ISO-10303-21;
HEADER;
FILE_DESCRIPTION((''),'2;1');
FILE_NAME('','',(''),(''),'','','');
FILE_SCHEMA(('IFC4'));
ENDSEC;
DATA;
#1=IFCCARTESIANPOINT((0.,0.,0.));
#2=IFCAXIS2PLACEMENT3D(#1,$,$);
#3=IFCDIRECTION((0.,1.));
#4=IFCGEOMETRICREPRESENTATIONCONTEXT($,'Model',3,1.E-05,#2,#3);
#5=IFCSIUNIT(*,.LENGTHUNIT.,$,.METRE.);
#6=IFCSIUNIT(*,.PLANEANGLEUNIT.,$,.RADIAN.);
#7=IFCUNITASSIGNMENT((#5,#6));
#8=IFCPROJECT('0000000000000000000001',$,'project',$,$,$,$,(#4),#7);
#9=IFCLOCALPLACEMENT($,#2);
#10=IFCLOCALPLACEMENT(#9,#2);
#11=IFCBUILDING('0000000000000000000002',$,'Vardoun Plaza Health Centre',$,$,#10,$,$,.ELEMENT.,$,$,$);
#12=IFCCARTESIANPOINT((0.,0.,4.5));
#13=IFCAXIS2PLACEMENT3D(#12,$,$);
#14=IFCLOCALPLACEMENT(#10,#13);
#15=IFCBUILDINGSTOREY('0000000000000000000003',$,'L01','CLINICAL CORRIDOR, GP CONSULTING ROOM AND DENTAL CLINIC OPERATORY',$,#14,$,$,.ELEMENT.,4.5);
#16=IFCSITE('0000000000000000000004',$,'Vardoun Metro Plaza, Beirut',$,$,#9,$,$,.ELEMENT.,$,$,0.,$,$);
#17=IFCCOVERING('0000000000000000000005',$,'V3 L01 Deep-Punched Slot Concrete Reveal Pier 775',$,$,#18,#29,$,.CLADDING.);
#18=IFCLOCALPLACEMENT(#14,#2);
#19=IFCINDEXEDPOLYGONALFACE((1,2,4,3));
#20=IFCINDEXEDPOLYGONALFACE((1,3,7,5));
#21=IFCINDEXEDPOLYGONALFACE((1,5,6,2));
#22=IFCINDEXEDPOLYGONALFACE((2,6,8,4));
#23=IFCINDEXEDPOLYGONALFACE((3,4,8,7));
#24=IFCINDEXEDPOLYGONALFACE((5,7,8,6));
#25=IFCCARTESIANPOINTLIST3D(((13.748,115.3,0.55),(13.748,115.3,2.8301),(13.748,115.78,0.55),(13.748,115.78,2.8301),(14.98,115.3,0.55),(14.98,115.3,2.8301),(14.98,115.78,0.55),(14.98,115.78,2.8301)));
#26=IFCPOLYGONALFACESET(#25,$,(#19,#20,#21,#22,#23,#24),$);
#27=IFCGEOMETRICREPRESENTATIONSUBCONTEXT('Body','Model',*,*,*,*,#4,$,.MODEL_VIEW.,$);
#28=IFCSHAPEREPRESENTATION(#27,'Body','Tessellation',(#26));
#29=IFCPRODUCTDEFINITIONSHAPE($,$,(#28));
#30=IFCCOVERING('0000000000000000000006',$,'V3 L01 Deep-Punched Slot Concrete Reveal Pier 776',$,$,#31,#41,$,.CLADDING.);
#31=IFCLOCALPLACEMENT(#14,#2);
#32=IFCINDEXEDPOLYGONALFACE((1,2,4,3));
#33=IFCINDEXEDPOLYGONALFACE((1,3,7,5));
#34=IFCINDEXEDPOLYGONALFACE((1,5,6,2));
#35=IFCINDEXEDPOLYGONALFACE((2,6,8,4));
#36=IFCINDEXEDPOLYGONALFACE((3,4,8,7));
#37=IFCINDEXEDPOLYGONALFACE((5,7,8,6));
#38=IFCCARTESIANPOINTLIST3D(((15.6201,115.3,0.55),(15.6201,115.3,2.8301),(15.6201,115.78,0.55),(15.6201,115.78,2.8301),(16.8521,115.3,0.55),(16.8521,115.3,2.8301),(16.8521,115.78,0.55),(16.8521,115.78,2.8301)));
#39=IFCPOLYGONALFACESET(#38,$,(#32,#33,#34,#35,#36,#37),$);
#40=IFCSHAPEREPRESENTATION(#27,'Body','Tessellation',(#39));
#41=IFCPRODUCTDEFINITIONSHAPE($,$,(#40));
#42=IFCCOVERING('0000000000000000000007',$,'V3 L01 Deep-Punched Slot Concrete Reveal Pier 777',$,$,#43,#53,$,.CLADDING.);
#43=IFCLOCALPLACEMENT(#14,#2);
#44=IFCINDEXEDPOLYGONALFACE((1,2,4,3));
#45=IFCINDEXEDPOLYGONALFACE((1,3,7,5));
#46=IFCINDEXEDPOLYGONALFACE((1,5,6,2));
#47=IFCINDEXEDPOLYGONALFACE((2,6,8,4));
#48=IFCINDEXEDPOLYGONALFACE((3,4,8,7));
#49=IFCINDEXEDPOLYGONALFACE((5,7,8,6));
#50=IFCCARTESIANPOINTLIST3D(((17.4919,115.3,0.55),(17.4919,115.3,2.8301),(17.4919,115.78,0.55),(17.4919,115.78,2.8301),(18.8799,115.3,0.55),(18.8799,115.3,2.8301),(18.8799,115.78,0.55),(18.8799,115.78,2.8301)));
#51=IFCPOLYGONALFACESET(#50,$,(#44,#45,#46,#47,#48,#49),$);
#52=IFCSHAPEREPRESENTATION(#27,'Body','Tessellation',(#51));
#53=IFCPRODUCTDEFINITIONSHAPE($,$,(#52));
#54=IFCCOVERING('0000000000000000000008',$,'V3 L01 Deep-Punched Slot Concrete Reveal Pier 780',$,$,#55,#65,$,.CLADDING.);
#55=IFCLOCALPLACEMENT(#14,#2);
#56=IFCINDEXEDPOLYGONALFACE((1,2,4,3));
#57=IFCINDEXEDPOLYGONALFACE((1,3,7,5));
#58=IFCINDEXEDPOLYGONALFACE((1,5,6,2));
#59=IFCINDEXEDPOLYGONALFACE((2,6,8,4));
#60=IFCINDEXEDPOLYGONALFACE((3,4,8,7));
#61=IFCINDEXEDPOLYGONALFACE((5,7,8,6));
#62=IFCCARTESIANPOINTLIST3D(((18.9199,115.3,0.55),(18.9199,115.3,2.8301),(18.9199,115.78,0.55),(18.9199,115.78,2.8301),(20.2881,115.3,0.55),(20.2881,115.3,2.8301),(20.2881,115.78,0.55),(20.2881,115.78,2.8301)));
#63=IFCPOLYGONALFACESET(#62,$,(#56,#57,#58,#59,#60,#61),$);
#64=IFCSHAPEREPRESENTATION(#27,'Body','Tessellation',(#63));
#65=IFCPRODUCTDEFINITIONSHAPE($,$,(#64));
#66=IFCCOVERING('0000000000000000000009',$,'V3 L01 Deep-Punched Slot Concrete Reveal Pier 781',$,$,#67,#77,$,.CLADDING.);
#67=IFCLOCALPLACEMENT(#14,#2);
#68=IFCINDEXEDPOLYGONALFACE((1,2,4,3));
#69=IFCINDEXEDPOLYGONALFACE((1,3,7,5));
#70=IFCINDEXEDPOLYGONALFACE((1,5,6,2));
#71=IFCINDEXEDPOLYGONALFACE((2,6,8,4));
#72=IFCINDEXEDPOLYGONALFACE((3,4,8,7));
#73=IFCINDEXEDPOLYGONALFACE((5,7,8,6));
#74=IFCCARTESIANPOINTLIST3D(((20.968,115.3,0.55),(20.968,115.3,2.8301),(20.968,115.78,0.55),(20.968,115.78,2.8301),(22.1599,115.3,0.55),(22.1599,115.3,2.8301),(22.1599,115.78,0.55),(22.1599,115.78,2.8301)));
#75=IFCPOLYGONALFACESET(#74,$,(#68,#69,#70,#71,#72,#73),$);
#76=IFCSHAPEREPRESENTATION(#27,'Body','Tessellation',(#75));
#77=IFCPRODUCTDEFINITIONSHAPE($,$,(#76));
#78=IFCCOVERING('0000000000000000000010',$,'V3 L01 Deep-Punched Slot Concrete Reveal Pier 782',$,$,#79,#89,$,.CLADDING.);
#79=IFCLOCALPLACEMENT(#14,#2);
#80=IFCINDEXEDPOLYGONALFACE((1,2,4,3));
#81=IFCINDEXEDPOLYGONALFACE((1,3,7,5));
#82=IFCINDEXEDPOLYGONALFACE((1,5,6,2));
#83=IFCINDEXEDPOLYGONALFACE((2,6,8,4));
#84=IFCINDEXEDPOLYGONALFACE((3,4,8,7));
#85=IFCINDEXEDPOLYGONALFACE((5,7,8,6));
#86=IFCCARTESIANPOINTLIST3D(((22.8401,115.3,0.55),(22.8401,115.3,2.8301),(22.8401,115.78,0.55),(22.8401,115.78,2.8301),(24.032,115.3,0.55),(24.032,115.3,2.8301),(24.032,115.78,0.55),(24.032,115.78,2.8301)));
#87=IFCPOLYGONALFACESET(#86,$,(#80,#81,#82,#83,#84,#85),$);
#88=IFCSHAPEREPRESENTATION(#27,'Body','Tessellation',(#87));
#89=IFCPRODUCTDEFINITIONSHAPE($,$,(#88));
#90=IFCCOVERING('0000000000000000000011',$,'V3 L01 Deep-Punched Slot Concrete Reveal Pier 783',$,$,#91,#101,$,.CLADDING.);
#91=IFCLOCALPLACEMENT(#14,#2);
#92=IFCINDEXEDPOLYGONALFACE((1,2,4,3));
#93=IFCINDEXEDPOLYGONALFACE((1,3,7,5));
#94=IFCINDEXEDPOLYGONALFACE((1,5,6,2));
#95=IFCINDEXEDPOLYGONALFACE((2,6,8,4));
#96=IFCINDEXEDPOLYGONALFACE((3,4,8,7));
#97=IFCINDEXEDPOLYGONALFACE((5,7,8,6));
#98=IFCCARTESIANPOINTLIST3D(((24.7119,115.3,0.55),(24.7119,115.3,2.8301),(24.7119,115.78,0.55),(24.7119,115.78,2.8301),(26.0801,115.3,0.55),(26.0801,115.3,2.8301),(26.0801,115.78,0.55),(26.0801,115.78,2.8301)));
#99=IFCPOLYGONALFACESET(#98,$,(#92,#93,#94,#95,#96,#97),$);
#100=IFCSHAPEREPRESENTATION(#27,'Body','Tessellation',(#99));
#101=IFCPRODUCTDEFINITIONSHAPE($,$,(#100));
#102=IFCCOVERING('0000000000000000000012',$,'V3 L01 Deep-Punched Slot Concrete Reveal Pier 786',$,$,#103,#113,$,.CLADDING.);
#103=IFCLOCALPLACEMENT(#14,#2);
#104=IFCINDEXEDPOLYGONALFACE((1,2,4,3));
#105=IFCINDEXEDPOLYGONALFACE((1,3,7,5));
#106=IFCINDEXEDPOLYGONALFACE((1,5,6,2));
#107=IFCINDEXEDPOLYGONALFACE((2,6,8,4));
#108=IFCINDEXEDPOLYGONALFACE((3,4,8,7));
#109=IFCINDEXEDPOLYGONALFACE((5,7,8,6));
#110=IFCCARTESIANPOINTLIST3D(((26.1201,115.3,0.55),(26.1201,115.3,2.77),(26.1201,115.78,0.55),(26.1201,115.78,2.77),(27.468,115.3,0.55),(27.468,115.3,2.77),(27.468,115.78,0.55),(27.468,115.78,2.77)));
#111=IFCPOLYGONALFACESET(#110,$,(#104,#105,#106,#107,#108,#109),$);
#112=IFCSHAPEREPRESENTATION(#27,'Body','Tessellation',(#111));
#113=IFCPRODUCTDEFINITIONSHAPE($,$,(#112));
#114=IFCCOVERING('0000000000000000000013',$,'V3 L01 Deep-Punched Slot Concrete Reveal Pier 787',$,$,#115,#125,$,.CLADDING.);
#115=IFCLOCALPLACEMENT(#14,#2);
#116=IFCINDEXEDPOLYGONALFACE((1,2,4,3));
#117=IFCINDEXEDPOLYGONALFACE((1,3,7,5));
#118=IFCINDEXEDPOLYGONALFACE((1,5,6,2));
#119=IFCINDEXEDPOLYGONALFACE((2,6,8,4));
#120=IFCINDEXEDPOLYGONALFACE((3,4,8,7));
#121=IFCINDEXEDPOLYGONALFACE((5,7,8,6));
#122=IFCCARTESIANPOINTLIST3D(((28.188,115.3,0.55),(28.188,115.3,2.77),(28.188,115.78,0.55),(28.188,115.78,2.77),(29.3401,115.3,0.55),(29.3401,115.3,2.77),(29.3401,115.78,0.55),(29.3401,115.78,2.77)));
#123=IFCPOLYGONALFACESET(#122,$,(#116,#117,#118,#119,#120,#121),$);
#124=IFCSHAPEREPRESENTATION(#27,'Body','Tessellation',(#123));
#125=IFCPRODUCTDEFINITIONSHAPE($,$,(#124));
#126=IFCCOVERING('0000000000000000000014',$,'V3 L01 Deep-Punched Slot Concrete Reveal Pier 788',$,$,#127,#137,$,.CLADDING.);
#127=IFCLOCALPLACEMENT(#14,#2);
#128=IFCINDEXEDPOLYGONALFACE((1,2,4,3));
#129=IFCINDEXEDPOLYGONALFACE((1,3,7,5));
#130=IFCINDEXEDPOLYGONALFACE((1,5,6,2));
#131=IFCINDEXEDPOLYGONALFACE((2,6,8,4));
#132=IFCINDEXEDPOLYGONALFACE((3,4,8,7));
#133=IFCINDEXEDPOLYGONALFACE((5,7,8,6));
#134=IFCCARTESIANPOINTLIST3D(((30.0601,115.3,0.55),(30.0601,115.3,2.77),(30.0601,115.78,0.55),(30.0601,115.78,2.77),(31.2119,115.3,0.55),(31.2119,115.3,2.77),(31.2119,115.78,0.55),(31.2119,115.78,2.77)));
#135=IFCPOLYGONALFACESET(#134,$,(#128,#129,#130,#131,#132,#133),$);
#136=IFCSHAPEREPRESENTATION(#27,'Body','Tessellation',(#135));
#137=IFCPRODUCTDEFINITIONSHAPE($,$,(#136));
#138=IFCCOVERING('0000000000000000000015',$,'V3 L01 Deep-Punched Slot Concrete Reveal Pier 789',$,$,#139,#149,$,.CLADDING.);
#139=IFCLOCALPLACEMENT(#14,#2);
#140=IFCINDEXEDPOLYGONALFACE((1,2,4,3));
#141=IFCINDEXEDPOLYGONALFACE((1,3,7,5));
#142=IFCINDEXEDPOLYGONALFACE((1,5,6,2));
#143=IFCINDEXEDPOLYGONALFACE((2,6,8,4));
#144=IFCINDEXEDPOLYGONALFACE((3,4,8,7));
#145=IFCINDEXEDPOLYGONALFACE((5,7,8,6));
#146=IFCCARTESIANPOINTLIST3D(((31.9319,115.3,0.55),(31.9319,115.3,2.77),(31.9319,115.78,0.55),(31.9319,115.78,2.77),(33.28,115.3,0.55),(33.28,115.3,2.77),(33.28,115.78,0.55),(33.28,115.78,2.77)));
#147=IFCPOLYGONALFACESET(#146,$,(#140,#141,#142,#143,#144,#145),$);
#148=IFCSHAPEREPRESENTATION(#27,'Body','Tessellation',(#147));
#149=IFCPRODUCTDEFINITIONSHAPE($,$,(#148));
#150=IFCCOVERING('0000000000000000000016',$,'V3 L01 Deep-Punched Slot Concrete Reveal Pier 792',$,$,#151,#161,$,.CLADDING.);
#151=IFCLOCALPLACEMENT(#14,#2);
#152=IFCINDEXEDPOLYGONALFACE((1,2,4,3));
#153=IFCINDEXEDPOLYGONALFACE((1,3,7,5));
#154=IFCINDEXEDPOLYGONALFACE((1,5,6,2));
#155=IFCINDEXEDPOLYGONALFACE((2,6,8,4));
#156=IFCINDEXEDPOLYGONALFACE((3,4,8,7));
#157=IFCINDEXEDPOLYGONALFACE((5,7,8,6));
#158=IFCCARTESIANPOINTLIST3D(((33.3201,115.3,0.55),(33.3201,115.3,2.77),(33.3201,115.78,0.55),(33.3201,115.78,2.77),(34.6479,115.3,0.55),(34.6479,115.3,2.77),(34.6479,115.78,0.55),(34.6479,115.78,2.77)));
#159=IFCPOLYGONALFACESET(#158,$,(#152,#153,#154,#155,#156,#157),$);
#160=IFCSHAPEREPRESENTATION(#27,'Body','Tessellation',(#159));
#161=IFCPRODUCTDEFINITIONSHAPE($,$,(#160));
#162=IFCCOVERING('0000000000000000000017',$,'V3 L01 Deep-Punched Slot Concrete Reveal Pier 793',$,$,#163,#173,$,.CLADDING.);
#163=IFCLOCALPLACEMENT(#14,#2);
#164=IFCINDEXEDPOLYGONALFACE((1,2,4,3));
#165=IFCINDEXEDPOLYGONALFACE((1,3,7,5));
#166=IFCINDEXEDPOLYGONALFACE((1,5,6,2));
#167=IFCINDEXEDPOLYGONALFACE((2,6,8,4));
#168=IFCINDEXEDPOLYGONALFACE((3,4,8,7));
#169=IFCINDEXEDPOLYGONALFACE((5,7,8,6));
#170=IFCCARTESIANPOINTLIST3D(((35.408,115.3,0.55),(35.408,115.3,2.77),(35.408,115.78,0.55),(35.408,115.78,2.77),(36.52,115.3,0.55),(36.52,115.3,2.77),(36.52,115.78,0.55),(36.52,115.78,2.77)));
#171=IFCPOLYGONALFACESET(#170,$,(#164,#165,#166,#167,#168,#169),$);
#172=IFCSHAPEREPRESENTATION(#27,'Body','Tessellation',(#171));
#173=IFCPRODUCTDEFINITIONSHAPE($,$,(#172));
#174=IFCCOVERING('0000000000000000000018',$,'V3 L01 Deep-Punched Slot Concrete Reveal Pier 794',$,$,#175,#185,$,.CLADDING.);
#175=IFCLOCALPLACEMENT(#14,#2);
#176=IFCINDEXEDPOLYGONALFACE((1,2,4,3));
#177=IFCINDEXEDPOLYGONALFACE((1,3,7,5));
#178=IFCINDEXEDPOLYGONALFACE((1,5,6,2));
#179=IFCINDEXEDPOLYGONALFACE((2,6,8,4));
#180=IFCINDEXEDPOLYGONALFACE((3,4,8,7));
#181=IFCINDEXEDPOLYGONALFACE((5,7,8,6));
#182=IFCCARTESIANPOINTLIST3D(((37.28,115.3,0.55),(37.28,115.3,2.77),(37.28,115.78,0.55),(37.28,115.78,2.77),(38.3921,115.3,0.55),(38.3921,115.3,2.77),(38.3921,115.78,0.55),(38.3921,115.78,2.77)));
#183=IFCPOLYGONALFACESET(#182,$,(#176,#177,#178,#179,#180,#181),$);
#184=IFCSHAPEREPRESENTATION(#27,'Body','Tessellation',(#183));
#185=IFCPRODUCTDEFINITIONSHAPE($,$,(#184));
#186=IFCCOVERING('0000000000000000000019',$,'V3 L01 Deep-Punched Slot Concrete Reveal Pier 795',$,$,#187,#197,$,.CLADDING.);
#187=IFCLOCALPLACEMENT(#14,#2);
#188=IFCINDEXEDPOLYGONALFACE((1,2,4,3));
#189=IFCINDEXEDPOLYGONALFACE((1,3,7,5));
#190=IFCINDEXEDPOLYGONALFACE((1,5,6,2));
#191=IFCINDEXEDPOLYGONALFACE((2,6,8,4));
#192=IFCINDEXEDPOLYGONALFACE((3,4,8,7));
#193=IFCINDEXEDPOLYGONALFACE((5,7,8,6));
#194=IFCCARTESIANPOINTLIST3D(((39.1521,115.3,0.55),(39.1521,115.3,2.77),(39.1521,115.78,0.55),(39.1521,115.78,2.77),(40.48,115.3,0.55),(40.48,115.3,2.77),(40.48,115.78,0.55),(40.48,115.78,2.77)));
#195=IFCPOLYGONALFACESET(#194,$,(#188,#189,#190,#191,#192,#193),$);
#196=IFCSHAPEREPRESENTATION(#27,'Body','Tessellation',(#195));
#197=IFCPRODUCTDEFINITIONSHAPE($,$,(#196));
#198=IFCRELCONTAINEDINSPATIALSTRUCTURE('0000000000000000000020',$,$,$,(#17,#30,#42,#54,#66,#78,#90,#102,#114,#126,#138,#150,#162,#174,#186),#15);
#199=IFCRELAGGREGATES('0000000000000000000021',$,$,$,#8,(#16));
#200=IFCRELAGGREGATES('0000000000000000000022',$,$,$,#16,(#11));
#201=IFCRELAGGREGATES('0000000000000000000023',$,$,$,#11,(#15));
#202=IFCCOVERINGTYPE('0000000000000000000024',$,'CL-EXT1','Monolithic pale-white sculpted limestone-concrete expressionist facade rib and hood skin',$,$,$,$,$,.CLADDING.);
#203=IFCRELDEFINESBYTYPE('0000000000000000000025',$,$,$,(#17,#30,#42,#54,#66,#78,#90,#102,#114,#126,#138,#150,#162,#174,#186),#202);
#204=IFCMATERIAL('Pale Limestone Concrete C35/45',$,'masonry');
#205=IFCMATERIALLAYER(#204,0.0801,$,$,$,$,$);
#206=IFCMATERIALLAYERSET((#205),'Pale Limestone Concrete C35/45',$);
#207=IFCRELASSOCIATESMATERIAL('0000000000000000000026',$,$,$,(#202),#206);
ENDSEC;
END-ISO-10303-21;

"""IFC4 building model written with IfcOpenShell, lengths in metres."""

from ifc_helpers import new_model, si_unit, direction, frame, origin, place, context, subcontext, project, spatial, polyline, outline, extrude, material, layer, layer_set, type_object, element, save


model = new_model("IFC4")

# Units and contexts
model_context = context("Model", 3, precision=1e-05, world=origin(), true_north=direction((0.0, 1.0)))
body_context = subcontext(model_context, "Body", "Model", "MODEL_VIEW")
ifc_project = project(units=[si_unit("LENGTHUNIT", "METRE"), si_unit("PLANEANGLEUNIT", "RADIAN")], contexts=[model_context])

# Site, building, storey
site_placement = place(None, origin())
site = spatial("IfcSite", under=ifc_project, at=site_placement, Name="Vardoun Metro Plaza, Beirut", CompositionType="ELEMENT", RefElevation=0.0)
building_placement = place(site_placement, origin())
building = spatial("IfcBuilding", under=site, at=building_placement, Name="Vardoun Plaza Health Centre", CompositionType="ELEMENT")
storey_placement = place(building_placement, frame((0.0, 0.0, 4.5)))
storey = spatial("IfcBuildingStorey", under=building, at=storey_placement, Name="L01", Description="CLINICAL CORRIDOR, GP CONSULTING ROOM AND DENTAL CLINIC OPERATORY", CompositionType="ELEMENT", Elevation=4.5)

# Coverings
ifc_material = material(Name="Pale Limestone Concrete C35/45", Category="masonry")
ifc_layer = layer(ifc_material, 0.0801)
ifc_layer_set = layer_set([ifc_layer], Name="Pale Limestone Concrete C35/45")
covering_type = type_object("IfcCoveringType", Name="CL-EXT1", Description="Monolithic pale-white sculpted limestone-concrete expressionist facade rib and hood skin", PredefinedType="CLADDING", material=ifc_layer_set)
covering_1_placement = place(storey_placement, frame((0.0, 0.0, 0.55)))
element("IfcCovering", 1, at=covering_1_placement, inside=storey, type_object=covering_type, Name="V3 L01 Deep-Punched Slot Concrete Reveal Pier 775", PredefinedType="CLADDING", context=body_context, shape_type="SweptSolid", body=[
    extrude(outline(polyline([(13.748, 115.3), (14.98, 115.3), (14.98, 115.78), (13.748, 115.78), (13.748, 115.3)])), origin(), (0.0, 0.0, 1.0), 2.28),
])
covering_2_placement = place(storey_placement, frame((0.0, 0.0, 0.55)))
element("IfcCovering", 2, at=covering_2_placement, inside=storey, type_object=covering_type, Name="V3 L01 Deep-Punched Slot Concrete Reveal Pier 776", PredefinedType="CLADDING", context=body_context, shape_type="SweptSolid", body=[
    extrude(outline(polyline([(15.6201, 115.3), (16.8521, 115.3), (16.8521, 115.78), (15.6201, 115.78), (15.6201, 115.3)])), origin(), (0.0, 0.0, 1.0), 2.28),
])
covering_3_placement = place(storey_placement, frame((0.0, 0.0, 0.55)))
element("IfcCovering", 3, at=covering_3_placement, inside=storey, type_object=covering_type, Name="V3 L01 Deep-Punched Slot Concrete Reveal Pier 777", PredefinedType="CLADDING", context=body_context, shape_type="SweptSolid", body=[
    extrude(outline(polyline([(17.4919, 115.3), (18.8799, 115.3), (18.8799, 115.78), (17.4919, 115.78), (17.4919, 115.3)])), origin(), (0.0, 0.0, 1.0), 2.28),
])
covering_4_placement = place(storey_placement, frame((0.0, 0.0, 0.55)))
element("IfcCovering", 4, at=covering_4_placement, inside=storey, type_object=covering_type, Name="V3 L01 Deep-Punched Slot Concrete Reveal Pier 780", PredefinedType="CLADDING", context=body_context, shape_type="SweptSolid", body=[
    extrude(outline(polyline([(18.9199, 115.3), (20.2881, 115.3), (20.2881, 115.78), (18.9199, 115.78), (18.9199, 115.3)])), origin(), (0.0, 0.0, 1.0), 2.28),
])
covering_5_placement = place(storey_placement, frame((0.0, 0.0, 0.55)))
element("IfcCovering", 5, at=covering_5_placement, inside=storey, type_object=covering_type, Name="V3 L01 Deep-Punched Slot Concrete Reveal Pier 781", PredefinedType="CLADDING", context=body_context, shape_type="SweptSolid", body=[
    extrude(outline(polyline([(20.968, 115.3), (22.1599, 115.3), (22.1599, 115.78), (20.968, 115.78), (20.968, 115.3)])), origin(), (0.0, 0.0, 1.0), 2.28),
])
covering_6_placement = place(storey_placement, frame((0.0, 0.0, 0.55)))
element("IfcCovering", 6, at=covering_6_placement, inside=storey, type_object=covering_type, Name="V3 L01 Deep-Punched Slot Concrete Reveal Pier 782", PredefinedType="CLADDING", context=body_context, shape_type="SweptSolid", body=[
    extrude(outline(polyline([(22.8401, 115.3), (24.032, 115.3), (24.032, 115.78), (22.8401, 115.78), (22.8401, 115.3)])), origin(), (0.0, 0.0, 1.0), 2.28),
])
covering_7_placement = place(storey_placement, frame((0.0, 0.0, 0.55)))
element("IfcCovering", 7, at=covering_7_placement, inside=storey, type_object=covering_type, Name="V3 L01 Deep-Punched Slot Concrete Reveal Pier 783", PredefinedType="CLADDING", context=body_context, shape_type="SweptSolid", body=[
    extrude(outline(polyline([(24.7119, 115.3), (26.0801, 115.3), (26.0801, 115.78), (24.7119, 115.78), (24.7119, 115.3)])), origin(), (0.0, 0.0, 1.0), 2.28),
])
covering_8_placement = place(storey_placement, frame((0.0, 0.0, 0.55)))
element("IfcCovering", 8, at=covering_8_placement, inside=storey, type_object=covering_type, Name="V3 L01 Deep-Punched Slot Concrete Reveal Pier 786", PredefinedType="CLADDING", context=body_context, shape_type="SweptSolid", body=[
    extrude(outline(polyline([(26.1201, 115.3), (27.468, 115.3), (27.468, 115.78), (26.1201, 115.78), (26.1201, 115.3)])), origin(), (0.0, 0.0, 1.0), 2.22),
])
covering_9_placement = place(storey_placement, frame((0.0, 0.0, 0.55)))
element("IfcCovering", 9, at=covering_9_placement, inside=storey, type_object=covering_type, Name="V3 L01 Deep-Punched Slot Concrete Reveal Pier 787", PredefinedType="CLADDING", context=body_context, shape_type="SweptSolid", body=[
    extrude(outline(polyline([(28.188, 115.3), (29.3401, 115.3), (29.3401, 115.78), (28.188, 115.78), (28.188, 115.3)])), origin(), (0.0, 0.0, 1.0), 2.22),
])
covering_10_placement = place(storey_placement, frame((0.0, 0.0, 0.55)))
element("IfcCovering", 10, at=covering_10_placement, inside=storey, type_object=covering_type, Name="V3 L01 Deep-Punched Slot Concrete Reveal Pier 788", PredefinedType="CLADDING", context=body_context, shape_type="SweptSolid", body=[
    extrude(outline(polyline([(30.0601, 115.3), (31.2119, 115.3), (31.2119, 115.78), (30.0601, 115.78), (30.0601, 115.3)])), origin(), (0.0, 0.0, 1.0), 2.22),
])
covering_11_placement = place(storey_placement, frame((0.0, 0.0, 0.55)))
element("IfcCovering", 11, at=covering_11_placement, inside=storey, type_object=covering_type, Name="V3 L01 Deep-Punched Slot Concrete Reveal Pier 789", PredefinedType="CLADDING", context=body_context, shape_type="SweptSolid", body=[
    extrude(outline(polyline([(31.9319, 115.3), (33.28, 115.3), (33.28, 115.78), (31.9319, 115.78), (31.9319, 115.3)])), origin(), (0.0, 0.0, 1.0), 2.22),
])
covering_12_placement = place(storey_placement, frame((0.0, 0.0, 0.55)))
element("IfcCovering", 12, at=covering_12_placement, inside=storey, type_object=covering_type, Name="V3 L01 Deep-Punched Slot Concrete Reveal Pier 792", PredefinedType="CLADDING", context=body_context, shape_type="SweptSolid", body=[
    extrude(outline(polyline([(33.3201, 115.3), (34.6479, 115.3), (34.6479, 115.78), (33.3201, 115.78), (33.3201, 115.3)])), origin(), (0.0, 0.0, 1.0), 2.22),
])
covering_13_placement = place(storey_placement, frame((0.0, 0.0, 0.55)))
element("IfcCovering", 13, at=covering_13_placement, inside=storey, type_object=covering_type, Name="V3 L01 Deep-Punched Slot Concrete Reveal Pier 793", PredefinedType="CLADDING", context=body_context, shape_type="SweptSolid", body=[
    extrude(outline(polyline([(35.408, 115.3), (36.52, 115.3), (36.52, 115.78), (35.408, 115.78), (35.408, 115.3)])), origin(), (0.0, 0.0, 1.0), 2.22),
])
covering_14_placement = place(storey_placement, frame((0.0, 0.0, 0.55)))
element("IfcCovering", 14, at=covering_14_placement, inside=storey, type_object=covering_type, Name="V3 L01 Deep-Punched Slot Concrete Reveal Pier 794", PredefinedType="CLADDING", context=body_context, shape_type="SweptSolid", body=[
    extrude(outline(polyline([(37.28, 115.3), (38.3921, 115.3), (38.3921, 115.78), (37.28, 115.78), (37.28, 115.3)])), origin(), (0.0, 0.0, 1.0), 2.22),
])
covering_15_placement = place(storey_placement, frame((0.0, 0.0, 0.55)))
element("IfcCovering", 15, at=covering_15_placement, inside=storey, type_object=covering_type, Name="V3 L01 Deep-Punched Slot Concrete Reveal Pier 795", PredefinedType="CLADDING", context=body_context, shape_type="SweptSolid", body=[
    extrude(outline(polyline([(39.1521, 115.3), (40.48, 115.3), (40.48, 115.78), (39.1521, 115.78), (39.1521, 115.3)])), origin(), (0.0, 0.0, 1.0), 2.22),
])

save(model, "model.ifc")
